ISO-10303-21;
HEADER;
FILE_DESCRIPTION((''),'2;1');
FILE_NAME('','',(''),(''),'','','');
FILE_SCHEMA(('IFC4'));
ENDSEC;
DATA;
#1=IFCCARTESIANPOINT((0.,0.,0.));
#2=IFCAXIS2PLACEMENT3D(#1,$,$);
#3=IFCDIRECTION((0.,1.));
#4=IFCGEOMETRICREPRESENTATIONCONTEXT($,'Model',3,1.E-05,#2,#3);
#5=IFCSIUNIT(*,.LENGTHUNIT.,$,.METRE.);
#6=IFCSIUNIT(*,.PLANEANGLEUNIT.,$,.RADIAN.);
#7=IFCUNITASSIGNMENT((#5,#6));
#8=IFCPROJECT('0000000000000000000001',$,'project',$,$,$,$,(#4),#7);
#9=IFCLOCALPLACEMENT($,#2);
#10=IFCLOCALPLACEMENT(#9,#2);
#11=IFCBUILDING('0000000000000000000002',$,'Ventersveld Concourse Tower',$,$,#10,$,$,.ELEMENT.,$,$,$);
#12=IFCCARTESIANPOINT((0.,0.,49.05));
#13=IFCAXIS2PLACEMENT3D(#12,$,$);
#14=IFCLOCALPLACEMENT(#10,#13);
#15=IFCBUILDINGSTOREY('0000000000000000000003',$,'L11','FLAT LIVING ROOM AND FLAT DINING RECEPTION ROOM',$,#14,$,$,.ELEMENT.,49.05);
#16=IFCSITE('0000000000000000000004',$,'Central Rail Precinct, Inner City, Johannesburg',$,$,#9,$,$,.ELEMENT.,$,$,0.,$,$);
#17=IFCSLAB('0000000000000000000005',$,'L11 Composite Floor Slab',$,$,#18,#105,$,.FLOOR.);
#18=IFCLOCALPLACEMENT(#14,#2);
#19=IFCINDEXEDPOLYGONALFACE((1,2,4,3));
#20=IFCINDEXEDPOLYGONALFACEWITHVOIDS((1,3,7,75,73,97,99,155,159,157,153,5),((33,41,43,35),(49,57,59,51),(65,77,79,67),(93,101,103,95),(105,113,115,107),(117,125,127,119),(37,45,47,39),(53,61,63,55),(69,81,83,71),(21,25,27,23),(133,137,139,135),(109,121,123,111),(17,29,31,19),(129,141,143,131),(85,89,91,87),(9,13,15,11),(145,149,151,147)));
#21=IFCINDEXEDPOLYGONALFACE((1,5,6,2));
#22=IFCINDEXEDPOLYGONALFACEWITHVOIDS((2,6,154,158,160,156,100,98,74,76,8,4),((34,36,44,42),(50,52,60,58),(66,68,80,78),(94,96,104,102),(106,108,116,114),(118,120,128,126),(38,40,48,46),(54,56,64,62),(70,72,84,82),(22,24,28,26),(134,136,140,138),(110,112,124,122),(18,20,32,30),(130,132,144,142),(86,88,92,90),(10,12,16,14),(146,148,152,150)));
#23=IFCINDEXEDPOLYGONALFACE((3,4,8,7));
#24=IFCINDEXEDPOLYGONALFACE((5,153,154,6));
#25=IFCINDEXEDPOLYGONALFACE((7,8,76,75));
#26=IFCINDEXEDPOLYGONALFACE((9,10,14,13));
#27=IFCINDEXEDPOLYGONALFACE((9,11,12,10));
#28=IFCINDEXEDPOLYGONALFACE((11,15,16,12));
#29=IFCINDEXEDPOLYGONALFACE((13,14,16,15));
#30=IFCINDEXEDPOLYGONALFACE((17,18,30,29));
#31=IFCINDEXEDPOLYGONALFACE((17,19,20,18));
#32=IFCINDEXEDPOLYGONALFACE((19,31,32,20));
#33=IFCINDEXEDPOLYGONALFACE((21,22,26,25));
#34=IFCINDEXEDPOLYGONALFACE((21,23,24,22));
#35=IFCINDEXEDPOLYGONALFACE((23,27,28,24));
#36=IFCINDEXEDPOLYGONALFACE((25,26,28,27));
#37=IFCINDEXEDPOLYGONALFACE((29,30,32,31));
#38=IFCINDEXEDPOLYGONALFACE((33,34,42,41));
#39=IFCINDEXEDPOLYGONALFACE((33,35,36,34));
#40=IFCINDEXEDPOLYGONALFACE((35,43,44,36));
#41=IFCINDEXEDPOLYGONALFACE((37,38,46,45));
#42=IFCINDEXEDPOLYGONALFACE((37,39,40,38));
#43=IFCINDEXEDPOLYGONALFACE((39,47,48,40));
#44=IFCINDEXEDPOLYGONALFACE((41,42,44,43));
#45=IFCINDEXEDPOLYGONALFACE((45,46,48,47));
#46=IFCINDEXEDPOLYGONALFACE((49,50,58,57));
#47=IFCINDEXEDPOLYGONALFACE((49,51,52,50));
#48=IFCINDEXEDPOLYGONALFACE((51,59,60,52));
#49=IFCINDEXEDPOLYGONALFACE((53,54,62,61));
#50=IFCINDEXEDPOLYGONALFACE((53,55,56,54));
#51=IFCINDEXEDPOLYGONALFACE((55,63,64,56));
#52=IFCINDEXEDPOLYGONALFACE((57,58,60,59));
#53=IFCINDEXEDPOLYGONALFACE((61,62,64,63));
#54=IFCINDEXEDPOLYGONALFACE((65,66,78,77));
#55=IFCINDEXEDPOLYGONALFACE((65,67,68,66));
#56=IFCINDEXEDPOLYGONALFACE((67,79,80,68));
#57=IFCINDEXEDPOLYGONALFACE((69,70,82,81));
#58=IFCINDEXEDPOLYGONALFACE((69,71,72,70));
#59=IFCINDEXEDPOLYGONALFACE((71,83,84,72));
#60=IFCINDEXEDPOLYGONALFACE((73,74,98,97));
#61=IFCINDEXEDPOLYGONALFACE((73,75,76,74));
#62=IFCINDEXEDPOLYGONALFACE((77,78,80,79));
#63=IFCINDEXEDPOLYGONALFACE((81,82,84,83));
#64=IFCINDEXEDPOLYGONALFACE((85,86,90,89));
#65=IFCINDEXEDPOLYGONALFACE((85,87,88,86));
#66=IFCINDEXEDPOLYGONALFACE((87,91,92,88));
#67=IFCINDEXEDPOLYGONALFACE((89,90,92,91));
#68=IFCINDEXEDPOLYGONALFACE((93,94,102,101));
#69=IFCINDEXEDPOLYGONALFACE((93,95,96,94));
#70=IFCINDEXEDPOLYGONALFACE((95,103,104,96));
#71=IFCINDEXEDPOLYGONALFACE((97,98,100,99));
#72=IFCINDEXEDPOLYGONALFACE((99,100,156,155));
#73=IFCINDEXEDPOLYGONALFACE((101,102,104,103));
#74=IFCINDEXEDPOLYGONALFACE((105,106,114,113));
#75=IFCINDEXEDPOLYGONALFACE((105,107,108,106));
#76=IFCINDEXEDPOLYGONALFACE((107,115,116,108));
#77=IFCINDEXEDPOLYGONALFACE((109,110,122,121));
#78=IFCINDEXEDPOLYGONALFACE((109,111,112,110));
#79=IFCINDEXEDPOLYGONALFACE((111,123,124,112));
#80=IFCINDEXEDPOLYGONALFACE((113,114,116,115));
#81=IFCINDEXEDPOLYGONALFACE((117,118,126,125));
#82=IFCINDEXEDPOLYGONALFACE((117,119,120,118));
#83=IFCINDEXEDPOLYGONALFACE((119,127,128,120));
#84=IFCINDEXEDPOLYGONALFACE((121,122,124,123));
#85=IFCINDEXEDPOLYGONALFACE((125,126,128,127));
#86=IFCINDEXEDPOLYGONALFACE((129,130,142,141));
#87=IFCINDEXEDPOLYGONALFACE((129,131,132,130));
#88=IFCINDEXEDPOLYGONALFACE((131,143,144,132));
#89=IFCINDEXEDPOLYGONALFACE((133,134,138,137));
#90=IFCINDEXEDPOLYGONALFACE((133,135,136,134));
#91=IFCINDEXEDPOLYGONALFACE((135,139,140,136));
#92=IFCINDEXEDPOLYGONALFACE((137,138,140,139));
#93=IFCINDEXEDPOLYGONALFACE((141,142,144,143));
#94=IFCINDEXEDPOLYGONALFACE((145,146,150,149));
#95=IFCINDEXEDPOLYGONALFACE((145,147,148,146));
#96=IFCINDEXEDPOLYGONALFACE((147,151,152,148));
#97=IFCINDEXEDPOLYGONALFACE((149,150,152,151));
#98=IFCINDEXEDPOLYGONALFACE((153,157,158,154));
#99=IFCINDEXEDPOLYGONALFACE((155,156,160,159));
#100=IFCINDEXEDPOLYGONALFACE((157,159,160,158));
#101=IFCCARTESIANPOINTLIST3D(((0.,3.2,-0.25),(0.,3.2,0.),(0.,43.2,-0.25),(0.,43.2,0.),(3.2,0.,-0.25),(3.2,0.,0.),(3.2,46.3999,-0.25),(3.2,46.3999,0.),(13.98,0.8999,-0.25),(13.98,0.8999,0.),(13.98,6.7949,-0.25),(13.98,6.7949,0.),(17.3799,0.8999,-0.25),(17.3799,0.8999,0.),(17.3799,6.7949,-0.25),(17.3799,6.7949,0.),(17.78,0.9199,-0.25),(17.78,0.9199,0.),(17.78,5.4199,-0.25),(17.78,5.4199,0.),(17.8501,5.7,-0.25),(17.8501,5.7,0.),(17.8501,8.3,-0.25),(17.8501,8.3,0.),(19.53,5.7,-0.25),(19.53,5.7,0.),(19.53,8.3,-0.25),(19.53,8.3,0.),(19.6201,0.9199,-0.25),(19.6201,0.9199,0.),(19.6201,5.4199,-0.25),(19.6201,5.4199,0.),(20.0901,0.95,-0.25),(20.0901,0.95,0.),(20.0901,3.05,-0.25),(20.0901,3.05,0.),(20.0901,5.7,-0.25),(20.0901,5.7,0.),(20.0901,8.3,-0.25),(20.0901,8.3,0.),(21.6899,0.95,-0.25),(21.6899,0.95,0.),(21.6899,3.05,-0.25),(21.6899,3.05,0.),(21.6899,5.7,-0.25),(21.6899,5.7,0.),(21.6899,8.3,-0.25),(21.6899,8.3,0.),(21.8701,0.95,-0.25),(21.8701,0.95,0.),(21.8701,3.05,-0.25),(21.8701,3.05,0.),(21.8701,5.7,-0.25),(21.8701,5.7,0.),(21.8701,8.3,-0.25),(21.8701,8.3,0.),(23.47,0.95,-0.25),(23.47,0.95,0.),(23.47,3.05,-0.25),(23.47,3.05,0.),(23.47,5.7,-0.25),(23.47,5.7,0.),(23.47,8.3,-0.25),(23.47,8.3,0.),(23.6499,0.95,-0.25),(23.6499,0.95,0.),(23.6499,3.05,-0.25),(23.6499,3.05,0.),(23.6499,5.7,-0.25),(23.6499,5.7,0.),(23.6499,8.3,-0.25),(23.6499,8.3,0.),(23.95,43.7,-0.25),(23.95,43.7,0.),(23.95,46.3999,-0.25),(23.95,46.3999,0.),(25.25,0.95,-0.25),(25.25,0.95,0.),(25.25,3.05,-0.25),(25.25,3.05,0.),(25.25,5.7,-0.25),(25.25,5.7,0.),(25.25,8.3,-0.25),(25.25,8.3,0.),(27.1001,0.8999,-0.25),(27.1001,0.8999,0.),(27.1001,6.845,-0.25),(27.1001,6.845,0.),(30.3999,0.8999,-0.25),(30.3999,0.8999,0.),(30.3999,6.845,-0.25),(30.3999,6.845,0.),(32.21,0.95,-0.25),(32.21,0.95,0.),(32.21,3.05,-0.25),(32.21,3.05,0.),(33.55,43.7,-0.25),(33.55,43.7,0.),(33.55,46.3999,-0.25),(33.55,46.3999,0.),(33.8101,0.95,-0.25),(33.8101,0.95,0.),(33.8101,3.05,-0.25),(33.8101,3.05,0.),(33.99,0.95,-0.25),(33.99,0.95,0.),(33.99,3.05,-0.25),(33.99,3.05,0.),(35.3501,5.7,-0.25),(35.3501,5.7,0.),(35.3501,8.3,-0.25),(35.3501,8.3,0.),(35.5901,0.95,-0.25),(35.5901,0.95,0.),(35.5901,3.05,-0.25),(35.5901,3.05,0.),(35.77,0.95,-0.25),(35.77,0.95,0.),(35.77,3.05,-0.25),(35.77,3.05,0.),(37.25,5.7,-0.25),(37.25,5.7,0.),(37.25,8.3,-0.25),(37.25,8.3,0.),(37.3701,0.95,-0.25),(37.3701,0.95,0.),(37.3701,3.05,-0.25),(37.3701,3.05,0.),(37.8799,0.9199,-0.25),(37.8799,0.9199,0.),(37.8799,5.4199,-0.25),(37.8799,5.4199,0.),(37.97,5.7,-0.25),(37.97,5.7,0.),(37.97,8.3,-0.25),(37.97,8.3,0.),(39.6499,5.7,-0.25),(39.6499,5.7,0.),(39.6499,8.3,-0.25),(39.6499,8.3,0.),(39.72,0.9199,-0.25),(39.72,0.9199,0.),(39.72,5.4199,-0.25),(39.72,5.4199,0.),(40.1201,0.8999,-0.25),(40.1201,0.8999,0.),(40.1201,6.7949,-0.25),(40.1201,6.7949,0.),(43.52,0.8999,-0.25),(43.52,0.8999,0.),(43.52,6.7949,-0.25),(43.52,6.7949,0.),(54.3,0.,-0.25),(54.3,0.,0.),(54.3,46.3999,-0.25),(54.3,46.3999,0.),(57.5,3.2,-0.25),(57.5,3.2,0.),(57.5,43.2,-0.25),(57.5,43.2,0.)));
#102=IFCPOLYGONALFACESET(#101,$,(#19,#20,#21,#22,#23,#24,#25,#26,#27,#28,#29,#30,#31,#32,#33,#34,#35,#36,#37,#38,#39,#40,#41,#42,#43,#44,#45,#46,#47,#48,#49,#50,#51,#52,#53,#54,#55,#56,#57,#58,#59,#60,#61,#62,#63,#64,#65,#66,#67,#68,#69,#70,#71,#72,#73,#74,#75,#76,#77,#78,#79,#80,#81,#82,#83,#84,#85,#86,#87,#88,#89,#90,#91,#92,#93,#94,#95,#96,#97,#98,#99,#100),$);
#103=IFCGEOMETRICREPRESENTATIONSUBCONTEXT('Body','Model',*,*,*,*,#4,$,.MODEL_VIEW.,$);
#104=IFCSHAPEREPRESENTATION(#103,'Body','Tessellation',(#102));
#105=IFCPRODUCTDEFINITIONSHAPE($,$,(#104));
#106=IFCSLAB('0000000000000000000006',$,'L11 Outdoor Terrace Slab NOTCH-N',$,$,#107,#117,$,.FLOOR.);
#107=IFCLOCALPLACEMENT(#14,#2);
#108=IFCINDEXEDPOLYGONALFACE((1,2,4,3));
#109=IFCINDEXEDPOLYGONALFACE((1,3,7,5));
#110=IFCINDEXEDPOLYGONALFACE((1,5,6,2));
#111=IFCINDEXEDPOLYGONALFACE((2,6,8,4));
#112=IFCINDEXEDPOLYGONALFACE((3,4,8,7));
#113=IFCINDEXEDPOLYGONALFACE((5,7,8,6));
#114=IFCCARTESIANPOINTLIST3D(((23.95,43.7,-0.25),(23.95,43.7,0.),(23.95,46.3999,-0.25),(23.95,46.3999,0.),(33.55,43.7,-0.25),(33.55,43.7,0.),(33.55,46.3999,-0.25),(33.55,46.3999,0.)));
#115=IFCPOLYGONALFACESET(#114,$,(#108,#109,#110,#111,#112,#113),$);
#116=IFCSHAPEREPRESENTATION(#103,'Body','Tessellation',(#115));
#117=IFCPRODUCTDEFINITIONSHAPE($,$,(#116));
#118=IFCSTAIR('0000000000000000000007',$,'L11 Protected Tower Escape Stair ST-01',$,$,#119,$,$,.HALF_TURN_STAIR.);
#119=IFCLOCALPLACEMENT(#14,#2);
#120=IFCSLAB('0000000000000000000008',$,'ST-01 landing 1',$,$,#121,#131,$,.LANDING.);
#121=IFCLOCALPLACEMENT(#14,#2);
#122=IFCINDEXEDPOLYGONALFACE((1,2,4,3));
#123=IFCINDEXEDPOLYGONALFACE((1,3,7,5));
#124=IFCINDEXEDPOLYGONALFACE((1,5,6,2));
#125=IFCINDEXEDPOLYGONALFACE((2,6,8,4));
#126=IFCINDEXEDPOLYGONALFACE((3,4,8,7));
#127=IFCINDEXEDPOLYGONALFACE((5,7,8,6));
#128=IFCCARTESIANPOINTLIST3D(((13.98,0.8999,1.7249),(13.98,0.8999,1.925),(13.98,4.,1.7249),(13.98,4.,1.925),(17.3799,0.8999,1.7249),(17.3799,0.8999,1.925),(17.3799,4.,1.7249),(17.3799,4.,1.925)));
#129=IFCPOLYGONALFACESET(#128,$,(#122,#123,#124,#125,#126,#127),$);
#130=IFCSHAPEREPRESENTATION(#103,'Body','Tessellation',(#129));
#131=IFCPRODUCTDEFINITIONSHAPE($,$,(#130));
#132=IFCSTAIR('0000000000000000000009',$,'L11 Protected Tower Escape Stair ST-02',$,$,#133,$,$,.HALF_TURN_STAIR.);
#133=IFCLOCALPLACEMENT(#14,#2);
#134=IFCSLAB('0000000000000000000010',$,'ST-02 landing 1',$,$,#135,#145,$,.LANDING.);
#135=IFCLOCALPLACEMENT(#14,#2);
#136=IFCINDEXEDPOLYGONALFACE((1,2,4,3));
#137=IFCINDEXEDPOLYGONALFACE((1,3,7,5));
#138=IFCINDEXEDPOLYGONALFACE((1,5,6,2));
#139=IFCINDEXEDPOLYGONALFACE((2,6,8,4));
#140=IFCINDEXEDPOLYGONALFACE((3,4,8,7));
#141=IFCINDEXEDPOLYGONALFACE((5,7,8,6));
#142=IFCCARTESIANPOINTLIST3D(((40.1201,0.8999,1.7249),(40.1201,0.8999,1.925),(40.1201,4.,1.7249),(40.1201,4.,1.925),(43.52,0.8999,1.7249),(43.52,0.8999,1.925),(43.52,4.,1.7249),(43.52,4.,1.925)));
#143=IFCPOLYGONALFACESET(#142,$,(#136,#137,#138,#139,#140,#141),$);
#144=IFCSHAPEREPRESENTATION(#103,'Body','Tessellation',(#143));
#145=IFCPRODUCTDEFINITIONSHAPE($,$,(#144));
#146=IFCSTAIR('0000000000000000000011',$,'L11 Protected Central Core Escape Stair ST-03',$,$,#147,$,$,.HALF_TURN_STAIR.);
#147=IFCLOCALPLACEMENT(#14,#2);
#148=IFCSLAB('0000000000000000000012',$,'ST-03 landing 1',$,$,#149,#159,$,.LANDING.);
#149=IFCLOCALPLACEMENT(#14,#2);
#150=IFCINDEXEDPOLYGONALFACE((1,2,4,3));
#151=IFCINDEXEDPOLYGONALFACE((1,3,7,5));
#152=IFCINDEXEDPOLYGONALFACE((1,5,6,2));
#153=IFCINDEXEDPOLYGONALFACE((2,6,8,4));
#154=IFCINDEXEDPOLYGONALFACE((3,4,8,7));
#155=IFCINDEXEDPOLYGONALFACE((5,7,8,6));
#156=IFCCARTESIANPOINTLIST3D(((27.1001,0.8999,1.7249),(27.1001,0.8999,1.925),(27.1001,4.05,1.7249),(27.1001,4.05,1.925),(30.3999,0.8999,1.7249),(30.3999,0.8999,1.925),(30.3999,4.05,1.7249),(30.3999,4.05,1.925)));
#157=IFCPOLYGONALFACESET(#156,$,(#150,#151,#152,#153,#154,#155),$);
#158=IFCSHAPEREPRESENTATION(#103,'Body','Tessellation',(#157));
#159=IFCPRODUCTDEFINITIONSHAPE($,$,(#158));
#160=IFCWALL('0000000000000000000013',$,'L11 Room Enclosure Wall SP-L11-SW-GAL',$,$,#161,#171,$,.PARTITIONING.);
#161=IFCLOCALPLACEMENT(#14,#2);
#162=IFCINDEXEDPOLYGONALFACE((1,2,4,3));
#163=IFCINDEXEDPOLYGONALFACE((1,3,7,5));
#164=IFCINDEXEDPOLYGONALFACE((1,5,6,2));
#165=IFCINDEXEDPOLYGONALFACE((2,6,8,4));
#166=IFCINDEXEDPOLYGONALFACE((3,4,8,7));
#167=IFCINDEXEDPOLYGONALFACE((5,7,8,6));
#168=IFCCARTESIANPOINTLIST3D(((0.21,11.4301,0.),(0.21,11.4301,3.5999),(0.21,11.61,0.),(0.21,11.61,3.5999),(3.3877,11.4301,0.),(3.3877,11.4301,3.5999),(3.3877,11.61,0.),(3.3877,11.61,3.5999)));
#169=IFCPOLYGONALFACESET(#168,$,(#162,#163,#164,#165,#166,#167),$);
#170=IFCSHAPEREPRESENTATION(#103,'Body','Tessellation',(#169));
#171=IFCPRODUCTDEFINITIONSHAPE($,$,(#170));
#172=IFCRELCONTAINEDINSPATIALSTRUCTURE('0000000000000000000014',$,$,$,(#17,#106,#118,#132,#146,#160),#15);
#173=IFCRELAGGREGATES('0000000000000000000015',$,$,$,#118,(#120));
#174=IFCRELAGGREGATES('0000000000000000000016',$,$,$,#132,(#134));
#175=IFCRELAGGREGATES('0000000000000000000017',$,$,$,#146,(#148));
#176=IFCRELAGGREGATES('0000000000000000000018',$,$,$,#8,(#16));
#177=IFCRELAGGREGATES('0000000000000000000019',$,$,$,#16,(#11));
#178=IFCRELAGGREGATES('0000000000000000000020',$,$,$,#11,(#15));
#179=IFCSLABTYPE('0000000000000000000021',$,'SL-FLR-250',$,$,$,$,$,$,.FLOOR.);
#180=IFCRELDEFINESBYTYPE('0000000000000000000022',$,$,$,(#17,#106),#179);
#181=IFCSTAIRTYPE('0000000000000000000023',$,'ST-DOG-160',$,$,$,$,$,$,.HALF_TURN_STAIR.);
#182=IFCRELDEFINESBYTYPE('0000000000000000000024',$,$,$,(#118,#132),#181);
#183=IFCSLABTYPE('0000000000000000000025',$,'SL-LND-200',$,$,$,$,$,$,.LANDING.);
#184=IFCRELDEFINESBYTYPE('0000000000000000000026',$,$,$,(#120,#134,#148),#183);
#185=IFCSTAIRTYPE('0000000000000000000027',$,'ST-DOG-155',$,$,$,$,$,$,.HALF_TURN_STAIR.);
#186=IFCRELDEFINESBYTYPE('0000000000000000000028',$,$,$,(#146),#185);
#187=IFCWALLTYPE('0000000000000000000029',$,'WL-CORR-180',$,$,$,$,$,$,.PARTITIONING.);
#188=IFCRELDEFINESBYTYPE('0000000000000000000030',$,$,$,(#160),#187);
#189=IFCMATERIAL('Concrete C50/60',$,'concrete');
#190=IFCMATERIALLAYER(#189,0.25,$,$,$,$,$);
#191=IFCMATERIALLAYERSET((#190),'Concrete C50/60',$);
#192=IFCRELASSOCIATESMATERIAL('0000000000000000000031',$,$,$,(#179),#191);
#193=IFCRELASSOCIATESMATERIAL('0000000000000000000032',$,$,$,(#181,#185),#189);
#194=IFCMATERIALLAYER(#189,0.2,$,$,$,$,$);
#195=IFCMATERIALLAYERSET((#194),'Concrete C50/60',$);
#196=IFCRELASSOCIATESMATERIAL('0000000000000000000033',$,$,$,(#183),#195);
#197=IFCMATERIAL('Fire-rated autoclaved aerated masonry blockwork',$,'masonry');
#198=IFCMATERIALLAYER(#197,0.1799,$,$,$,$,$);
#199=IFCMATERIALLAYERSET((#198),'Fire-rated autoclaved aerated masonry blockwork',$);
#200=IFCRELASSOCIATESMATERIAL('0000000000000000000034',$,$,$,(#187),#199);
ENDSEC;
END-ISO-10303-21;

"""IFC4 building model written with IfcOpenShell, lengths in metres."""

from ifc_helpers import new_model, si_unit, direction, frame, frame_2d, origin, place, context, subcontext, project, spatial, polyline, rectangle, outline, extrude, material, layer, layer_set, type_object, element, aggregate, save


model = new_model("IFC4")

# Units and contexts
model_context = context("Model", 3, precision=1e-05, world=origin(), true_north=direction((0.0, 1.0)))
body_context = subcontext(model_context, "Body", "Model", "MODEL_VIEW")
ifc_project = project(units=[si_unit("LENGTHUNIT", "METRE"), si_unit("PLANEANGLEUNIT", "RADIAN")], contexts=[model_context])

# Site, building, storey
site_placement = place(None, origin())
site = spatial("IfcSite", under=ifc_project, at=site_placement, Name="Central Rail Precinct, Inner City, Johannesburg", CompositionType="ELEMENT", RefElevation=0.0)
building_placement = place(site_placement, origin())
building = spatial("IfcBuilding", under=site, at=building_placement, Name="Ventersveld Concourse Tower", CompositionType="ELEMENT")
storey_placement = place(building_placement, frame((0.0, 0.0, 49.05)))
storey = spatial("IfcBuildingStorey", under=building, at=storey_placement, Name="L11", Description="FLAT LIVING ROOM AND FLAT DINING RECEPTION ROOM", CompositionType="ELEMENT", Elevation=49.05)

# Slabs
ifc_material_1 = material(Name="Concrete C50/60", Category="concrete")
ifc_layer_1 = layer(ifc_material_1, 0.25)
ifc_layer_set_1 = layer_set([ifc_layer_1], Name="Concrete C50/60")
slab_type_1 = type_object("IfcSlabType", Name="SL-FLR-250", PredefinedType="FLOOR", material=ifc_layer_set_1)
slab_1_placement = place(storey_placement, frame((0.0, 0.0, -0.25)))
element("IfcSlab", 1, at=slab_1_placement, inside=storey, type_object=slab_type_1, Name="L11 Composite Floor Slab", PredefinedType="FLOOR", context=body_context, shape_type="SweptSolid", body=[
    extrude(outline(polyline([(3.2, 0.0), (54.3, 0.0), (57.5, 3.2), (57.5, 43.2), (54.3, 46.3999), (33.55, 46.3999), (33.55, 43.7), (23.95, 43.7), (23.95, 46.3999), (3.2, 46.3999), (0.0, 43.2), (0.0, 3.2), (3.2, 0.0)]), holes=[polyline([(13.98, 6.7949), (13.98, 0.8999), (17.3799, 0.8999), (17.3799, 6.7949), (13.98, 6.7949)]), polyline([(40.1201, 6.7949), (40.1201, 0.8999), (43.52, 0.8999), (43.52, 6.7949), (40.1201, 6.7949)]), polyline([(27.1001, 6.845), (27.1001, 0.8999), (30.3999, 0.8999), (30.3999, 6.845), (27.1001, 6.845)]), polyline([(17.8501, 5.7), (19.53, 5.7), (19.53, 8.3), (17.8501, 8.3), (17.8501, 5.7)]), polyline([(37.97, 5.7), (39.6499, 5.7), (39.6499, 8.3), (37.97, 8.3), (37.97, 5.7)]), polyline([(35.3501, 5.7), (37.25, 5.7), (37.25, 8.3), (35.3501, 8.3), (35.3501, 5.7)]), polyline([(20.0901, 0.95), (21.6899, 0.95), (21.6899, 3.05), (20.0901, 3.05), (20.0901, 0.95)]), polyline([(21.8701, 0.95), (23.47, 0.95), (23.47, 3.05), (21.8701, 3.05), (21.8701, 0.95)]), polyline([(23.6499, 0.95), (25.25, 0.95), (25.25, 3.05), (23.6499, 3.05), (23.6499, 0.95)]), polyline([(32.21, 0.95), (33.8101, 0.95), (33.8101, 3.05), (32.21, 3.05), (32.21, 0.95)]), polyline([(33.99, 0.95), (35.5901, 0.95), (35.5901, 3.05), (33.99, 3.05), (33.99, 0.95)]), polyline([(35.77, 0.95), (37.3701, 0.95), (37.3701, 3.05), (35.77, 3.05), (35.77, 0.95)]), polyline([(20.0901, 5.7), (21.6899, 5.7), (21.6899, 8.3), (20.0901, 8.3), (20.0901, 5.7)]), polyline([(21.8701, 5.7), (23.47, 5.7), (23.47, 8.3), (21.8701, 8.3), (21.8701, 5.7)]), polyline([(23.6499, 5.7), (25.25, 5.7), (25.25, 8.3), (23.6499, 8.3), (23.6499, 5.7)]), polyline([(17.78, 0.9199), (19.6201, 0.9199), (19.6201, 5.4199), (17.78, 5.4199), (17.78, 0.9199)]), polyline([(37.8799, 0.9199), (39.72, 0.9199), (39.72, 5.4199), (37.8799, 5.4199), (37.8799, 0.9199)])]), origin(), (0.0, 0.0, 1.0), 0.25),
])
slab_2_placement = place(storey_placement, frame((0.0, 0.0, -0.25)))
element("IfcSlab", 2, at=slab_2_placement, inside=storey, type_object=slab_type_1, Name="L11 Outdoor Terrace Slab NOTCH-N", PredefinedType="FLOOR", context=body_context, shape_type="SweptSolid", body=[
    extrude(outline(polyline([(23.95, 43.7), (33.55, 43.7), (33.55, 46.3999), (23.95, 46.3999), (23.95, 43.7)])), origin(), (0.0, 0.0, 1.0), 0.25),
])

# Stairs, slabs
stair_type_1 = type_object("IfcStairType", Name="ST-DOG-160", PredefinedType="HALF_TURN_STAIR", material=ifc_material_1)
stair_1_placement = place(storey_placement, origin())
stair_1 = element("IfcStair", 3, at=stair_1_placement, inside=storey, type_object=stair_type_1, Name="L11 Protected Tower Escape Stair ST-01", PredefinedType="HALF_TURN_STAIR")
ifc_layer_2 = layer(ifc_material_1, 0.2)
ifc_layer_set_2 = layer_set([ifc_layer_2], Name="Concrete C50/60")
slab_type_2 = type_object("IfcSlabType", Name="SL-LND-200", PredefinedType="LANDING", material=ifc_layer_set_2)
slab_3_placement = place(storey_placement, frame((0.0, 0.0, 1.7249)))
slab_3 = element("IfcSlab", 4, at=slab_3_placement, type_object=slab_type_2, Name="ST-01 landing 1", PredefinedType="LANDING", context=body_context, shape_type="SweptSolid", body=[
    extrude(outline(polyline([(13.98, 4.0), (13.98, 0.8999), (17.3799, 0.8999), (17.3799, 4.0), (13.98, 4.0)])), origin(), (0.0, 0.0, 1.0), 0.2002),
])
aggregate(stair_1, [slab_3])
stair_2_placement = place(storey_placement, origin())
stair_2 = element("IfcStair", 5, at=stair_2_placement, inside=storey, type_object=stair_type_1, Name="L11 Protected Tower Escape Stair ST-02", PredefinedType="HALF_TURN_STAIR")
slab_4_placement = place(storey_placement, frame((0.0, 0.0, 1.7249)))
slab_4 = element("IfcSlab", 6, at=slab_4_placement, type_object=slab_type_2, Name="ST-02 landing 1", PredefinedType="LANDING", context=body_context, shape_type="SweptSolid", body=[
    extrude(outline(polyline([(40.1201, 4.0), (40.1201, 0.8999), (43.52, 0.8999), (43.52, 4.0), (40.1201, 4.0)])), origin(), (0.0, 0.0, 1.0), 0.2002),
])
aggregate(stair_2, [slab_4])
stair_type_2 = type_object("IfcStairType", Name="ST-DOG-155", PredefinedType="HALF_TURN_STAIR", material=ifc_material_1)
stair_3_placement = place(storey_placement, origin())
stair_3 = element("IfcStair", 7, at=stair_3_placement, inside=storey, type_object=stair_type_2, Name="L11 Protected Central Core Escape Stair ST-03", PredefinedType="HALF_TURN_STAIR")
slab_5_placement = place(storey_placement, frame((0.0, 0.0, 1.7249)))
slab_5 = element("IfcSlab", 8, at=slab_5_placement, type_object=slab_type_2, Name="ST-03 landing 1", PredefinedType="LANDING", context=body_context, shape_type="SweptSolid", body=[
    extrude(outline(polyline([(27.1001, 4.05), (27.1001, 0.8999), (30.3999, 0.8999), (30.3999, 4.05), (27.1001, 4.05)])), origin(), (0.0, 0.0, 1.0), 0.2002),
])
aggregate(stair_3, [slab_5])

# Wall
ifc_material_2 = material(Name="Fire-rated autoclaved aerated masonry blockwork", Category="masonry")
ifc_layer_3 = layer(ifc_material_2, 0.1799)
ifc_layer_set_3 = layer_set([ifc_layer_3], Name="Fire-rated autoclaved aerated masonry blockwork")
wall_type_1 = type_object("IfcWallType", Name="WL-CORR-180", PredefinedType="PARTITIONING", material=ifc_layer_set_3)
wall_1_placement = place(storey_placement, frame((0.21, 11.52, 0.0), z_axis=(0.0, 0.0, 1.0), x_axis=(1.0, 0.0, 0.0)))
element("IfcWall", 9, at=wall_1_placement, inside=storey, type_object=wall_type_1, Name="L11 Room Enclosure Wall SP-L11-SW-GAL", PredefinedType="PARTITIONING", context=body_context, shape_type="SweptSolid", body=[
    extrude(rectangle(XDim=3.1777, YDim=0.1799, at=frame_2d((1.5889, 0.0))), origin(), (0.0, 0.0, 1.0), 3.5999),
])

save(model, "model.ifc")
